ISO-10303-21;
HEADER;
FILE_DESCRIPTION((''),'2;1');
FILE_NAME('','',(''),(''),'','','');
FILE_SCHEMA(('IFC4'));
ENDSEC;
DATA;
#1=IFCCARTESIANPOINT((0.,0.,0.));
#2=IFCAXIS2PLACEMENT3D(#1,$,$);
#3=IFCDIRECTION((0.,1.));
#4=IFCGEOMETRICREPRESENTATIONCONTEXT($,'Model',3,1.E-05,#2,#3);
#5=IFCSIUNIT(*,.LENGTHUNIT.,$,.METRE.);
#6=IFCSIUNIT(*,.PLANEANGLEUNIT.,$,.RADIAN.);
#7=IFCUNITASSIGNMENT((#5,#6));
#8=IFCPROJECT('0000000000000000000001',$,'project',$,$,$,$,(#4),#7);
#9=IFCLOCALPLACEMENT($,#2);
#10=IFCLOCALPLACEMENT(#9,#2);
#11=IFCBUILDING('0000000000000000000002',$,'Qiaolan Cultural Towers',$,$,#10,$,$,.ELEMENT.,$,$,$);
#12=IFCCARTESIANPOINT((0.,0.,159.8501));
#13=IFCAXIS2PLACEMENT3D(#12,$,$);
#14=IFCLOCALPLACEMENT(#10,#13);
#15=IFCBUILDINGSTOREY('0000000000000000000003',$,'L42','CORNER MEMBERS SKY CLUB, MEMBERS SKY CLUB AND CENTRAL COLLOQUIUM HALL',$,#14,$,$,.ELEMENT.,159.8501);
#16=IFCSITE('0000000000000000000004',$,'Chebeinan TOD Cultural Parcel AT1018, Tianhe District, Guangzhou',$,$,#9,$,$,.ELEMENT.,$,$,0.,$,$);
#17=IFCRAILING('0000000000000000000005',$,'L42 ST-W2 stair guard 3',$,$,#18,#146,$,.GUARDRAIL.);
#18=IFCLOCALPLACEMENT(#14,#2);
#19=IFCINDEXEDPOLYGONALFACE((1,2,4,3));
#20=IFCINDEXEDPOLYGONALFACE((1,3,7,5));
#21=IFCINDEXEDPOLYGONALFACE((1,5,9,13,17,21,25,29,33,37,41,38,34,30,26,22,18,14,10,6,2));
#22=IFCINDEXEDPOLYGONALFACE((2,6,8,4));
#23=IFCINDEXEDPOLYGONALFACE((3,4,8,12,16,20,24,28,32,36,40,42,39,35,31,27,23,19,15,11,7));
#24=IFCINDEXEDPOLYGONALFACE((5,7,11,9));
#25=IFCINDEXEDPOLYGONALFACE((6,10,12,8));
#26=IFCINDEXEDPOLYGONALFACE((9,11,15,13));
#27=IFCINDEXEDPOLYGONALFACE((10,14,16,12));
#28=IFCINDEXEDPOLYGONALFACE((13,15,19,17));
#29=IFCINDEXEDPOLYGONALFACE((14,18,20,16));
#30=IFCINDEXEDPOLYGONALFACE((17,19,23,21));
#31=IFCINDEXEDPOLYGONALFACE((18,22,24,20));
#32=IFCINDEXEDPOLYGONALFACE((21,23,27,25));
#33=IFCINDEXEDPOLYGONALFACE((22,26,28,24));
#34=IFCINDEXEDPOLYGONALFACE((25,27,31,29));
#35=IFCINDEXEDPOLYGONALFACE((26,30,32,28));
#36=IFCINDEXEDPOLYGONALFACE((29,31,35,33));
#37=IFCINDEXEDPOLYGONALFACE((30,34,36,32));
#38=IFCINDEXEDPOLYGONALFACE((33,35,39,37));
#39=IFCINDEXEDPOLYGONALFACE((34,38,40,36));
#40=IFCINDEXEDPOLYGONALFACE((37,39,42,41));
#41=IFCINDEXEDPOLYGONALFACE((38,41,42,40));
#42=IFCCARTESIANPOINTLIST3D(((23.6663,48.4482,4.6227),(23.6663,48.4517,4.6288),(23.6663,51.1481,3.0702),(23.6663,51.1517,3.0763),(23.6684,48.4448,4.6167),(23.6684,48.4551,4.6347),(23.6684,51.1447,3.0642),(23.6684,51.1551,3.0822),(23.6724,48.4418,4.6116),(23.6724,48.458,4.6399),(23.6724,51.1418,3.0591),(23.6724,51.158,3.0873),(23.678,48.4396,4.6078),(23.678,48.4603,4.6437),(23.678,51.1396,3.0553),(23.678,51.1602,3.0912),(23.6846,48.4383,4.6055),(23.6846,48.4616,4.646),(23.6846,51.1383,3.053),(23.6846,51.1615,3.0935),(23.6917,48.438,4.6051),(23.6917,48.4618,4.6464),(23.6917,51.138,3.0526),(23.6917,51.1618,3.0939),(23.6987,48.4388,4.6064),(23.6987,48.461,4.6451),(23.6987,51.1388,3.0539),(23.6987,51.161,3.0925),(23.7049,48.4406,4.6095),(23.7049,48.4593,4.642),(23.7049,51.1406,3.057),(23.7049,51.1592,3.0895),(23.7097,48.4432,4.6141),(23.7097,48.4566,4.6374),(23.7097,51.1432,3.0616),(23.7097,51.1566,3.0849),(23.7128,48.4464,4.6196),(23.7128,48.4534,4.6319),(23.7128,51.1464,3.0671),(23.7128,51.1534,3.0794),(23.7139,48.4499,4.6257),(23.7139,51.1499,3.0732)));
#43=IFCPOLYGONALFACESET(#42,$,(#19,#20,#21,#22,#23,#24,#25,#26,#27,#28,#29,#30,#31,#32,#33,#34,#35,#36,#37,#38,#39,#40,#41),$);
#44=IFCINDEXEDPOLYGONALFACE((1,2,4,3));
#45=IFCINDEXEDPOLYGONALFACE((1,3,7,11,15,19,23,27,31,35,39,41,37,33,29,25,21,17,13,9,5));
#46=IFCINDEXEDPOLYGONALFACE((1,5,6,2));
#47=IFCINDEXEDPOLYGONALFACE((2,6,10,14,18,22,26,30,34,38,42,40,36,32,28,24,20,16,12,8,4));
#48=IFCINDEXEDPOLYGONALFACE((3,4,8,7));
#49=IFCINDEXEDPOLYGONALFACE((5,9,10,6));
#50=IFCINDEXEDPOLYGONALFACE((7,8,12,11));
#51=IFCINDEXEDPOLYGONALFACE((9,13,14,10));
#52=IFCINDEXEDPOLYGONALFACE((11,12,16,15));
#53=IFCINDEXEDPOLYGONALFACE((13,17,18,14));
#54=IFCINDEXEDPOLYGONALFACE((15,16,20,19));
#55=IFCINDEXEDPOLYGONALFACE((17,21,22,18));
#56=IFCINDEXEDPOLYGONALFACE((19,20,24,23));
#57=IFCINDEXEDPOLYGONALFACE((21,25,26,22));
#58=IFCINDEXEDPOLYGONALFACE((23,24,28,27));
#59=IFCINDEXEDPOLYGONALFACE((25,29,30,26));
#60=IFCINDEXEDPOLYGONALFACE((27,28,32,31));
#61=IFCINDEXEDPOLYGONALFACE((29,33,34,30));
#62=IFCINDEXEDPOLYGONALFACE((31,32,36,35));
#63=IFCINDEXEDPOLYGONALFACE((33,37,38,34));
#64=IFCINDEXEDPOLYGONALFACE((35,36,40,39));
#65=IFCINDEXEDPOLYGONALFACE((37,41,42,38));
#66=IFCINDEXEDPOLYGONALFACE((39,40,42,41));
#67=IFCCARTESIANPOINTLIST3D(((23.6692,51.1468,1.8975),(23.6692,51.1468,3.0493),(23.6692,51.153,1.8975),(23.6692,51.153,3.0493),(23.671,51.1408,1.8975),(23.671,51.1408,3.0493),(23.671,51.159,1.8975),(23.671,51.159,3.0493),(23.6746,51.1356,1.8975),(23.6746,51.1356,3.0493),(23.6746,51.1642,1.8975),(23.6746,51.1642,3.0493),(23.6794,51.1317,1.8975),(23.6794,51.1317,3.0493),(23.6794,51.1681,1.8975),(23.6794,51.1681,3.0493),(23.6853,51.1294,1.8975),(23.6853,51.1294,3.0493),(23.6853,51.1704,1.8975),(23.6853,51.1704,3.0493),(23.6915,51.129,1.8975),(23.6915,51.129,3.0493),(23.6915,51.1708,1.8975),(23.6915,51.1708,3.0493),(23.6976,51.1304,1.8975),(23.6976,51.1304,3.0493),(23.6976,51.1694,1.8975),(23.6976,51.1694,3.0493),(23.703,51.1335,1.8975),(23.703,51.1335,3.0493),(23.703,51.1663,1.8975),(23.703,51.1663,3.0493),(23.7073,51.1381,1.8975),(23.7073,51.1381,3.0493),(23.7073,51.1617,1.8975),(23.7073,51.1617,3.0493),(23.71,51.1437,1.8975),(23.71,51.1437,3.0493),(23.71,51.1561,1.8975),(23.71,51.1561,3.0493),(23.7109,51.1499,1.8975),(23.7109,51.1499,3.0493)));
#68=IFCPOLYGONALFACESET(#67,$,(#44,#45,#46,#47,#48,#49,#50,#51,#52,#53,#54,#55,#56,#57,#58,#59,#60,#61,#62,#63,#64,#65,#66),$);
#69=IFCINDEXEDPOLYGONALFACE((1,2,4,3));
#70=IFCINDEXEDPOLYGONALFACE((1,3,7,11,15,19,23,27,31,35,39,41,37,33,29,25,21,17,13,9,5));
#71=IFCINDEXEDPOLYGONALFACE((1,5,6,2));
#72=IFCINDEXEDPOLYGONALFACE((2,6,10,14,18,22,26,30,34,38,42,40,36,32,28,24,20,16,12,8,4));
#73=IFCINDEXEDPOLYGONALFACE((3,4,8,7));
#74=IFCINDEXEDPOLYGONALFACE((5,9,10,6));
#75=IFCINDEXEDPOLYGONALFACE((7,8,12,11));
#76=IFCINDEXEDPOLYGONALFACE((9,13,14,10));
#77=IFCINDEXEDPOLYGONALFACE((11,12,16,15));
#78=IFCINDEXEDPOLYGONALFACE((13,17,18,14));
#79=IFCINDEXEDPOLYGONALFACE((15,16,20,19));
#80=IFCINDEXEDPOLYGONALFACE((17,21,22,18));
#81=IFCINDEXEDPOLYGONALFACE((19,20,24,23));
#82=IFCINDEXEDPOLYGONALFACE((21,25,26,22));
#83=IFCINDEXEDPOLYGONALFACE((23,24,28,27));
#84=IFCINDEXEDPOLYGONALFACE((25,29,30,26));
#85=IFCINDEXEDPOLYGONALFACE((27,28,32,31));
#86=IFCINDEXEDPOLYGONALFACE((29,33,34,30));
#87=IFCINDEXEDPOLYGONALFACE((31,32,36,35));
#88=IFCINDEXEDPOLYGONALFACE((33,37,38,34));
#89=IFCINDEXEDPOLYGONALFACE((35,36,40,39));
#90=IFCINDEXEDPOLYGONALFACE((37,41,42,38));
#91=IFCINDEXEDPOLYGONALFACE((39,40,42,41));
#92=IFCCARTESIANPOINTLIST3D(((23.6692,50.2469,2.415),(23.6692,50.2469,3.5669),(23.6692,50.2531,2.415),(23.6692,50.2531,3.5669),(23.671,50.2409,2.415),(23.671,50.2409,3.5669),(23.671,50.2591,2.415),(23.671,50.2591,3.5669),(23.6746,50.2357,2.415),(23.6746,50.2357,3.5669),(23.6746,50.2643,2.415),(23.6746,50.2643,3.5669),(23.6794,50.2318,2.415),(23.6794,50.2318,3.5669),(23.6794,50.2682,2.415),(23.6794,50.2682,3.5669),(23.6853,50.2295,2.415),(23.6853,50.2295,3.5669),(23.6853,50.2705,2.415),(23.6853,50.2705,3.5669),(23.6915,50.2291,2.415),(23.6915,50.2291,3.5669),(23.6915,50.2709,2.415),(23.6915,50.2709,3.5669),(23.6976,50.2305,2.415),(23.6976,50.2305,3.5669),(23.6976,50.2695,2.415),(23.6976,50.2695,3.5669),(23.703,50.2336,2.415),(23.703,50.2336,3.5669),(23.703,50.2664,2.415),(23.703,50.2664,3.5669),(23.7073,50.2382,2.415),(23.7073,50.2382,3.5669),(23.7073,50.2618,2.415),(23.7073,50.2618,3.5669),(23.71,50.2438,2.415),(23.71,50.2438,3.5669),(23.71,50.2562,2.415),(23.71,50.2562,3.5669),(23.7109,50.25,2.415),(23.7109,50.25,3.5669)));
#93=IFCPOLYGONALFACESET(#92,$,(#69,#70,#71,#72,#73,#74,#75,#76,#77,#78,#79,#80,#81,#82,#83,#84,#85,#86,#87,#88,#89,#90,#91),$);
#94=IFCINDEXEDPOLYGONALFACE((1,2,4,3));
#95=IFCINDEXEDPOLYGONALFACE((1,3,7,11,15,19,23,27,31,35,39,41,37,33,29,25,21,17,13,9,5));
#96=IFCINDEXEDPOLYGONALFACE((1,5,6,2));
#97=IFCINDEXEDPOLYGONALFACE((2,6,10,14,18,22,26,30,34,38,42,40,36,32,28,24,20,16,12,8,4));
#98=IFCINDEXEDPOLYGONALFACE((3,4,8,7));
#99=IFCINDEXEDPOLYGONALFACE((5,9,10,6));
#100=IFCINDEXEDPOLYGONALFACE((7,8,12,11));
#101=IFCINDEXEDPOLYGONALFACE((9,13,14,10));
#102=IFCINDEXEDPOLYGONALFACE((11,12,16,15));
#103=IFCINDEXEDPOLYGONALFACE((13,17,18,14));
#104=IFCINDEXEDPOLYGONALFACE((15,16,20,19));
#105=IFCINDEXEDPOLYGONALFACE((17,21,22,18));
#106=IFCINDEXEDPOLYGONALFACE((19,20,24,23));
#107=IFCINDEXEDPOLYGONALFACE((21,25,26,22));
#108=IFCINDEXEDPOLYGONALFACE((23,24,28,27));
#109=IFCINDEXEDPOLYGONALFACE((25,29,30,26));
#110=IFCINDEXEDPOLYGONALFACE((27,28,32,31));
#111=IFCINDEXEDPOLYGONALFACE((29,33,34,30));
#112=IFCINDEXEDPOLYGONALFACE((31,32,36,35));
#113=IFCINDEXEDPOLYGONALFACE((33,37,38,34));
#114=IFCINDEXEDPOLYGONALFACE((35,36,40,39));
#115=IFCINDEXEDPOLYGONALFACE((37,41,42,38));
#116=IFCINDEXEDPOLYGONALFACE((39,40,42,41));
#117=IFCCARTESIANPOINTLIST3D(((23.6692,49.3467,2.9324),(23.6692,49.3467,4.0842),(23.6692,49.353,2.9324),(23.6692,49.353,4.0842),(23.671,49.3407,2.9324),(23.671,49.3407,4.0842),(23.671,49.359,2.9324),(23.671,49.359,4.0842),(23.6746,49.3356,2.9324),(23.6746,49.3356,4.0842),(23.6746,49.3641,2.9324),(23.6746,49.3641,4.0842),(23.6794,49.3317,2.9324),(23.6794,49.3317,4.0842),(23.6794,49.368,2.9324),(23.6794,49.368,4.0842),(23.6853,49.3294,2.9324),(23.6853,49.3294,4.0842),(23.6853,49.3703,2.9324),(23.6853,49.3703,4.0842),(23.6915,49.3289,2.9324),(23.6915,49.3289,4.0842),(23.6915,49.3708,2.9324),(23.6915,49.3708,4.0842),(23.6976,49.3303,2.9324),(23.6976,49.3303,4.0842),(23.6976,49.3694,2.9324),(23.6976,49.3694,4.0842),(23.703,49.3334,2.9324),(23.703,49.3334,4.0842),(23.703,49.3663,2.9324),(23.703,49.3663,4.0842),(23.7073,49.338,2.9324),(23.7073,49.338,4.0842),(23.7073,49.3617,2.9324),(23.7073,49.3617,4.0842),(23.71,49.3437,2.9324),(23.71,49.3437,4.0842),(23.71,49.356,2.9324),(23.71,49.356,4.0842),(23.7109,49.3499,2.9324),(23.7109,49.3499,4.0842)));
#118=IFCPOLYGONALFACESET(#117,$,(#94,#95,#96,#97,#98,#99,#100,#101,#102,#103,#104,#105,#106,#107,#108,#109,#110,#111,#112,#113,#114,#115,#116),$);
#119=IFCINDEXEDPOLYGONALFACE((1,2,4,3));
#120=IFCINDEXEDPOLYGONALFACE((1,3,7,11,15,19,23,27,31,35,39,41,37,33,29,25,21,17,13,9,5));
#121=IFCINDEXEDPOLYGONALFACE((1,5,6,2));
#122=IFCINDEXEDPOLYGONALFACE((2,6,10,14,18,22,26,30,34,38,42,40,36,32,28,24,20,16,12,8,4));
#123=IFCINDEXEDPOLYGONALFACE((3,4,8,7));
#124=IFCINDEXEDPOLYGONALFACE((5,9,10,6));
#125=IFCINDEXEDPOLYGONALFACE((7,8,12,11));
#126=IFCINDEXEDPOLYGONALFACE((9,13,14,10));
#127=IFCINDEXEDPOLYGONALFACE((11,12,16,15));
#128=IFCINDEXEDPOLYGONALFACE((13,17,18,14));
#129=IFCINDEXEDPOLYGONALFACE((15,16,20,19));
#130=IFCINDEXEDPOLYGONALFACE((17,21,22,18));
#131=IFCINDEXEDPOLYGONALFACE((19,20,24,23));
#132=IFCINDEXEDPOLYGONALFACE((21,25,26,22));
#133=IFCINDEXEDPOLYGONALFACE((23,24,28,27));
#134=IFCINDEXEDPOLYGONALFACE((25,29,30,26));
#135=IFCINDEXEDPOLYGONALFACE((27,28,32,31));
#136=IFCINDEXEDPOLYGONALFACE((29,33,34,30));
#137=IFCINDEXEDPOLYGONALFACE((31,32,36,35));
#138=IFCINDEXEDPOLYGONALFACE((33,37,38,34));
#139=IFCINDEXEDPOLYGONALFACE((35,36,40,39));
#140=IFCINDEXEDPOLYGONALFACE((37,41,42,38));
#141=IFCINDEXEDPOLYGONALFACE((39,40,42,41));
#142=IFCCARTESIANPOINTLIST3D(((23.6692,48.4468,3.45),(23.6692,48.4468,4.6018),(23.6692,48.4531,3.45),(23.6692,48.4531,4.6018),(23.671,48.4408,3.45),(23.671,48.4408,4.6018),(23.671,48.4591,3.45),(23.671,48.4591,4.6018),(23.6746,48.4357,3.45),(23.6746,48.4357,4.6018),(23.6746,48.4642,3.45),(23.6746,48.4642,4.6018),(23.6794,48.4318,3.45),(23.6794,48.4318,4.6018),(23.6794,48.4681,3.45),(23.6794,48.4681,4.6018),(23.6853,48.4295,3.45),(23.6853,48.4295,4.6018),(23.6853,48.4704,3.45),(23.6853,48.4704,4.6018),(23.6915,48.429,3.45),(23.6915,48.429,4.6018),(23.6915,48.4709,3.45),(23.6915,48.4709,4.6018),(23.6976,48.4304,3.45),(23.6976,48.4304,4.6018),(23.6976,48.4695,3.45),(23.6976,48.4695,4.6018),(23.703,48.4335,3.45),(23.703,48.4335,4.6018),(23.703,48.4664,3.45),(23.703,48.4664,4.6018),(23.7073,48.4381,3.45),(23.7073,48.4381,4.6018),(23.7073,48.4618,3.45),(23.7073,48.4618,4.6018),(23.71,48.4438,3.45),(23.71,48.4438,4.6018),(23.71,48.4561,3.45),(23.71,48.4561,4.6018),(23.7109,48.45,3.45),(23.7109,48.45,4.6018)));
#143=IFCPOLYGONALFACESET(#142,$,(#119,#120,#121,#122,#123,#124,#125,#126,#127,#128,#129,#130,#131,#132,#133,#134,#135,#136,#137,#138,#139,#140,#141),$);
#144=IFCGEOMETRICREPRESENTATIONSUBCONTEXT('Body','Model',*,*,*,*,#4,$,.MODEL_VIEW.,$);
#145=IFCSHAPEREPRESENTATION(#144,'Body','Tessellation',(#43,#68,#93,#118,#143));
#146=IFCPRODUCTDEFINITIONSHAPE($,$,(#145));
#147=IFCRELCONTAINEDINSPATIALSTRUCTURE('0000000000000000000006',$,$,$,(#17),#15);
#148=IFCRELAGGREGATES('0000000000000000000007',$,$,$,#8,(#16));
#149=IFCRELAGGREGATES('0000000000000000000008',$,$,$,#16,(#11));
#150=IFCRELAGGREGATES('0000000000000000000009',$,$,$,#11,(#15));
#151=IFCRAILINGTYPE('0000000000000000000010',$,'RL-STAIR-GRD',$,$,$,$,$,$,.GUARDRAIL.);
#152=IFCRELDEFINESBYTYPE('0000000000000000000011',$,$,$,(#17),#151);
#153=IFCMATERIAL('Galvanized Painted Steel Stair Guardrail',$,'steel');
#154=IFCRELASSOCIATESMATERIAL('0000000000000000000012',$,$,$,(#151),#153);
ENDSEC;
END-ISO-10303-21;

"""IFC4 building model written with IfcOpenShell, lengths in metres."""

from ifc_helpers import new_model, si_unit, direction, frame, origin, origin_2d, place, context, subcontext, project, spatial, circle, extrude, material, type_object, element, save


model = new_model("IFC4")

# Units and contexts
model_context = context("Model", 3, precision=1e-05, world=origin(), true_north=direction((0.0, 1.0)))
body_context = subcontext(model_context, "Body", "Model", "MODEL_VIEW")
ifc_project = project(units=[si_unit("LENGTHUNIT", "METRE"), si_unit("PLANEANGLEUNIT", "RADIAN")], contexts=[model_context])

# Site, building, storey
site_placement = place(None, origin())
site = spatial("IfcSite", under=ifc_project, at=site_placement, Name="Chebeinan TOD Cultural Parcel AT1018, Tianhe District, Guangzhou", CompositionType="ELEMENT", RefElevation=0.0)
building_placement = place(site_placement, origin())
building = spatial("IfcBuilding", under=site, at=building_placement, Name="Qiaolan Cultural Towers", CompositionType="ELEMENT")
storey_placement = place(building_placement, frame((0.0, 0.0, 159.8501)))
storey = spatial("IfcBuildingStorey", under=building, at=storey_placement, Name="L42", Description="CORNER MEMBERS SKY CLUB, MEMBERS SKY CLUB AND CENTRAL COLLOQUIUM HALL", CompositionType="ELEMENT", Elevation=159.8501)

# Railing
ifc_material_1 = material(Name="Galvanized Painted Steel Stair Guardrail", Category="steel")
railing_type_1 = type_object("IfcRailingType", Name="RL-STAIR-GRD", PredefinedType="GUARDRAIL", material=ifc_material_1)
railing_1_placement = place(storey_placement, frame((23.6899, 51.1499, 1.8975)))
element("IfcRailing", 1, at=railing_1_placement, inside=storey, type_object=railing_type_1, Name="L42 ST-W2 stair guard 3", PredefinedType="GUARDRAIL", context=body_context, shape_type="SweptSolid", body=[
    extrude(circle(Radius=0.0239, at=origin_2d()), frame((0.0, 0.0, 1.1758), z_axis=(0.0, -0.866904, 0.498476), x_axis=(1.0, 0.0, 0.0)), (0.0, 0.0, 1.0), 3.1145),
    extrude(circle(Radius=0.021, at=origin_2d()), origin(), (0.0, 0.0, 1.0), 1.1519),
    extrude(circle(Radius=0.021, at=origin_2d()), frame((0.0, -0.8999, 0.5176)), (0.0, 0.0, 1.0), 1.1519),
    extrude(circle(Radius=0.021, at=origin_2d()), frame((0.0, -1.8, 1.0349)), (0.0, 0.0, 1.0), 1.1519),
    extrude(circle(Radius=0.021, at=origin_2d()), frame((0.0, -2.7, 1.5525)), (0.0, 0.0, 1.0), 1.1519),
])

save(model, "model.ifc")
